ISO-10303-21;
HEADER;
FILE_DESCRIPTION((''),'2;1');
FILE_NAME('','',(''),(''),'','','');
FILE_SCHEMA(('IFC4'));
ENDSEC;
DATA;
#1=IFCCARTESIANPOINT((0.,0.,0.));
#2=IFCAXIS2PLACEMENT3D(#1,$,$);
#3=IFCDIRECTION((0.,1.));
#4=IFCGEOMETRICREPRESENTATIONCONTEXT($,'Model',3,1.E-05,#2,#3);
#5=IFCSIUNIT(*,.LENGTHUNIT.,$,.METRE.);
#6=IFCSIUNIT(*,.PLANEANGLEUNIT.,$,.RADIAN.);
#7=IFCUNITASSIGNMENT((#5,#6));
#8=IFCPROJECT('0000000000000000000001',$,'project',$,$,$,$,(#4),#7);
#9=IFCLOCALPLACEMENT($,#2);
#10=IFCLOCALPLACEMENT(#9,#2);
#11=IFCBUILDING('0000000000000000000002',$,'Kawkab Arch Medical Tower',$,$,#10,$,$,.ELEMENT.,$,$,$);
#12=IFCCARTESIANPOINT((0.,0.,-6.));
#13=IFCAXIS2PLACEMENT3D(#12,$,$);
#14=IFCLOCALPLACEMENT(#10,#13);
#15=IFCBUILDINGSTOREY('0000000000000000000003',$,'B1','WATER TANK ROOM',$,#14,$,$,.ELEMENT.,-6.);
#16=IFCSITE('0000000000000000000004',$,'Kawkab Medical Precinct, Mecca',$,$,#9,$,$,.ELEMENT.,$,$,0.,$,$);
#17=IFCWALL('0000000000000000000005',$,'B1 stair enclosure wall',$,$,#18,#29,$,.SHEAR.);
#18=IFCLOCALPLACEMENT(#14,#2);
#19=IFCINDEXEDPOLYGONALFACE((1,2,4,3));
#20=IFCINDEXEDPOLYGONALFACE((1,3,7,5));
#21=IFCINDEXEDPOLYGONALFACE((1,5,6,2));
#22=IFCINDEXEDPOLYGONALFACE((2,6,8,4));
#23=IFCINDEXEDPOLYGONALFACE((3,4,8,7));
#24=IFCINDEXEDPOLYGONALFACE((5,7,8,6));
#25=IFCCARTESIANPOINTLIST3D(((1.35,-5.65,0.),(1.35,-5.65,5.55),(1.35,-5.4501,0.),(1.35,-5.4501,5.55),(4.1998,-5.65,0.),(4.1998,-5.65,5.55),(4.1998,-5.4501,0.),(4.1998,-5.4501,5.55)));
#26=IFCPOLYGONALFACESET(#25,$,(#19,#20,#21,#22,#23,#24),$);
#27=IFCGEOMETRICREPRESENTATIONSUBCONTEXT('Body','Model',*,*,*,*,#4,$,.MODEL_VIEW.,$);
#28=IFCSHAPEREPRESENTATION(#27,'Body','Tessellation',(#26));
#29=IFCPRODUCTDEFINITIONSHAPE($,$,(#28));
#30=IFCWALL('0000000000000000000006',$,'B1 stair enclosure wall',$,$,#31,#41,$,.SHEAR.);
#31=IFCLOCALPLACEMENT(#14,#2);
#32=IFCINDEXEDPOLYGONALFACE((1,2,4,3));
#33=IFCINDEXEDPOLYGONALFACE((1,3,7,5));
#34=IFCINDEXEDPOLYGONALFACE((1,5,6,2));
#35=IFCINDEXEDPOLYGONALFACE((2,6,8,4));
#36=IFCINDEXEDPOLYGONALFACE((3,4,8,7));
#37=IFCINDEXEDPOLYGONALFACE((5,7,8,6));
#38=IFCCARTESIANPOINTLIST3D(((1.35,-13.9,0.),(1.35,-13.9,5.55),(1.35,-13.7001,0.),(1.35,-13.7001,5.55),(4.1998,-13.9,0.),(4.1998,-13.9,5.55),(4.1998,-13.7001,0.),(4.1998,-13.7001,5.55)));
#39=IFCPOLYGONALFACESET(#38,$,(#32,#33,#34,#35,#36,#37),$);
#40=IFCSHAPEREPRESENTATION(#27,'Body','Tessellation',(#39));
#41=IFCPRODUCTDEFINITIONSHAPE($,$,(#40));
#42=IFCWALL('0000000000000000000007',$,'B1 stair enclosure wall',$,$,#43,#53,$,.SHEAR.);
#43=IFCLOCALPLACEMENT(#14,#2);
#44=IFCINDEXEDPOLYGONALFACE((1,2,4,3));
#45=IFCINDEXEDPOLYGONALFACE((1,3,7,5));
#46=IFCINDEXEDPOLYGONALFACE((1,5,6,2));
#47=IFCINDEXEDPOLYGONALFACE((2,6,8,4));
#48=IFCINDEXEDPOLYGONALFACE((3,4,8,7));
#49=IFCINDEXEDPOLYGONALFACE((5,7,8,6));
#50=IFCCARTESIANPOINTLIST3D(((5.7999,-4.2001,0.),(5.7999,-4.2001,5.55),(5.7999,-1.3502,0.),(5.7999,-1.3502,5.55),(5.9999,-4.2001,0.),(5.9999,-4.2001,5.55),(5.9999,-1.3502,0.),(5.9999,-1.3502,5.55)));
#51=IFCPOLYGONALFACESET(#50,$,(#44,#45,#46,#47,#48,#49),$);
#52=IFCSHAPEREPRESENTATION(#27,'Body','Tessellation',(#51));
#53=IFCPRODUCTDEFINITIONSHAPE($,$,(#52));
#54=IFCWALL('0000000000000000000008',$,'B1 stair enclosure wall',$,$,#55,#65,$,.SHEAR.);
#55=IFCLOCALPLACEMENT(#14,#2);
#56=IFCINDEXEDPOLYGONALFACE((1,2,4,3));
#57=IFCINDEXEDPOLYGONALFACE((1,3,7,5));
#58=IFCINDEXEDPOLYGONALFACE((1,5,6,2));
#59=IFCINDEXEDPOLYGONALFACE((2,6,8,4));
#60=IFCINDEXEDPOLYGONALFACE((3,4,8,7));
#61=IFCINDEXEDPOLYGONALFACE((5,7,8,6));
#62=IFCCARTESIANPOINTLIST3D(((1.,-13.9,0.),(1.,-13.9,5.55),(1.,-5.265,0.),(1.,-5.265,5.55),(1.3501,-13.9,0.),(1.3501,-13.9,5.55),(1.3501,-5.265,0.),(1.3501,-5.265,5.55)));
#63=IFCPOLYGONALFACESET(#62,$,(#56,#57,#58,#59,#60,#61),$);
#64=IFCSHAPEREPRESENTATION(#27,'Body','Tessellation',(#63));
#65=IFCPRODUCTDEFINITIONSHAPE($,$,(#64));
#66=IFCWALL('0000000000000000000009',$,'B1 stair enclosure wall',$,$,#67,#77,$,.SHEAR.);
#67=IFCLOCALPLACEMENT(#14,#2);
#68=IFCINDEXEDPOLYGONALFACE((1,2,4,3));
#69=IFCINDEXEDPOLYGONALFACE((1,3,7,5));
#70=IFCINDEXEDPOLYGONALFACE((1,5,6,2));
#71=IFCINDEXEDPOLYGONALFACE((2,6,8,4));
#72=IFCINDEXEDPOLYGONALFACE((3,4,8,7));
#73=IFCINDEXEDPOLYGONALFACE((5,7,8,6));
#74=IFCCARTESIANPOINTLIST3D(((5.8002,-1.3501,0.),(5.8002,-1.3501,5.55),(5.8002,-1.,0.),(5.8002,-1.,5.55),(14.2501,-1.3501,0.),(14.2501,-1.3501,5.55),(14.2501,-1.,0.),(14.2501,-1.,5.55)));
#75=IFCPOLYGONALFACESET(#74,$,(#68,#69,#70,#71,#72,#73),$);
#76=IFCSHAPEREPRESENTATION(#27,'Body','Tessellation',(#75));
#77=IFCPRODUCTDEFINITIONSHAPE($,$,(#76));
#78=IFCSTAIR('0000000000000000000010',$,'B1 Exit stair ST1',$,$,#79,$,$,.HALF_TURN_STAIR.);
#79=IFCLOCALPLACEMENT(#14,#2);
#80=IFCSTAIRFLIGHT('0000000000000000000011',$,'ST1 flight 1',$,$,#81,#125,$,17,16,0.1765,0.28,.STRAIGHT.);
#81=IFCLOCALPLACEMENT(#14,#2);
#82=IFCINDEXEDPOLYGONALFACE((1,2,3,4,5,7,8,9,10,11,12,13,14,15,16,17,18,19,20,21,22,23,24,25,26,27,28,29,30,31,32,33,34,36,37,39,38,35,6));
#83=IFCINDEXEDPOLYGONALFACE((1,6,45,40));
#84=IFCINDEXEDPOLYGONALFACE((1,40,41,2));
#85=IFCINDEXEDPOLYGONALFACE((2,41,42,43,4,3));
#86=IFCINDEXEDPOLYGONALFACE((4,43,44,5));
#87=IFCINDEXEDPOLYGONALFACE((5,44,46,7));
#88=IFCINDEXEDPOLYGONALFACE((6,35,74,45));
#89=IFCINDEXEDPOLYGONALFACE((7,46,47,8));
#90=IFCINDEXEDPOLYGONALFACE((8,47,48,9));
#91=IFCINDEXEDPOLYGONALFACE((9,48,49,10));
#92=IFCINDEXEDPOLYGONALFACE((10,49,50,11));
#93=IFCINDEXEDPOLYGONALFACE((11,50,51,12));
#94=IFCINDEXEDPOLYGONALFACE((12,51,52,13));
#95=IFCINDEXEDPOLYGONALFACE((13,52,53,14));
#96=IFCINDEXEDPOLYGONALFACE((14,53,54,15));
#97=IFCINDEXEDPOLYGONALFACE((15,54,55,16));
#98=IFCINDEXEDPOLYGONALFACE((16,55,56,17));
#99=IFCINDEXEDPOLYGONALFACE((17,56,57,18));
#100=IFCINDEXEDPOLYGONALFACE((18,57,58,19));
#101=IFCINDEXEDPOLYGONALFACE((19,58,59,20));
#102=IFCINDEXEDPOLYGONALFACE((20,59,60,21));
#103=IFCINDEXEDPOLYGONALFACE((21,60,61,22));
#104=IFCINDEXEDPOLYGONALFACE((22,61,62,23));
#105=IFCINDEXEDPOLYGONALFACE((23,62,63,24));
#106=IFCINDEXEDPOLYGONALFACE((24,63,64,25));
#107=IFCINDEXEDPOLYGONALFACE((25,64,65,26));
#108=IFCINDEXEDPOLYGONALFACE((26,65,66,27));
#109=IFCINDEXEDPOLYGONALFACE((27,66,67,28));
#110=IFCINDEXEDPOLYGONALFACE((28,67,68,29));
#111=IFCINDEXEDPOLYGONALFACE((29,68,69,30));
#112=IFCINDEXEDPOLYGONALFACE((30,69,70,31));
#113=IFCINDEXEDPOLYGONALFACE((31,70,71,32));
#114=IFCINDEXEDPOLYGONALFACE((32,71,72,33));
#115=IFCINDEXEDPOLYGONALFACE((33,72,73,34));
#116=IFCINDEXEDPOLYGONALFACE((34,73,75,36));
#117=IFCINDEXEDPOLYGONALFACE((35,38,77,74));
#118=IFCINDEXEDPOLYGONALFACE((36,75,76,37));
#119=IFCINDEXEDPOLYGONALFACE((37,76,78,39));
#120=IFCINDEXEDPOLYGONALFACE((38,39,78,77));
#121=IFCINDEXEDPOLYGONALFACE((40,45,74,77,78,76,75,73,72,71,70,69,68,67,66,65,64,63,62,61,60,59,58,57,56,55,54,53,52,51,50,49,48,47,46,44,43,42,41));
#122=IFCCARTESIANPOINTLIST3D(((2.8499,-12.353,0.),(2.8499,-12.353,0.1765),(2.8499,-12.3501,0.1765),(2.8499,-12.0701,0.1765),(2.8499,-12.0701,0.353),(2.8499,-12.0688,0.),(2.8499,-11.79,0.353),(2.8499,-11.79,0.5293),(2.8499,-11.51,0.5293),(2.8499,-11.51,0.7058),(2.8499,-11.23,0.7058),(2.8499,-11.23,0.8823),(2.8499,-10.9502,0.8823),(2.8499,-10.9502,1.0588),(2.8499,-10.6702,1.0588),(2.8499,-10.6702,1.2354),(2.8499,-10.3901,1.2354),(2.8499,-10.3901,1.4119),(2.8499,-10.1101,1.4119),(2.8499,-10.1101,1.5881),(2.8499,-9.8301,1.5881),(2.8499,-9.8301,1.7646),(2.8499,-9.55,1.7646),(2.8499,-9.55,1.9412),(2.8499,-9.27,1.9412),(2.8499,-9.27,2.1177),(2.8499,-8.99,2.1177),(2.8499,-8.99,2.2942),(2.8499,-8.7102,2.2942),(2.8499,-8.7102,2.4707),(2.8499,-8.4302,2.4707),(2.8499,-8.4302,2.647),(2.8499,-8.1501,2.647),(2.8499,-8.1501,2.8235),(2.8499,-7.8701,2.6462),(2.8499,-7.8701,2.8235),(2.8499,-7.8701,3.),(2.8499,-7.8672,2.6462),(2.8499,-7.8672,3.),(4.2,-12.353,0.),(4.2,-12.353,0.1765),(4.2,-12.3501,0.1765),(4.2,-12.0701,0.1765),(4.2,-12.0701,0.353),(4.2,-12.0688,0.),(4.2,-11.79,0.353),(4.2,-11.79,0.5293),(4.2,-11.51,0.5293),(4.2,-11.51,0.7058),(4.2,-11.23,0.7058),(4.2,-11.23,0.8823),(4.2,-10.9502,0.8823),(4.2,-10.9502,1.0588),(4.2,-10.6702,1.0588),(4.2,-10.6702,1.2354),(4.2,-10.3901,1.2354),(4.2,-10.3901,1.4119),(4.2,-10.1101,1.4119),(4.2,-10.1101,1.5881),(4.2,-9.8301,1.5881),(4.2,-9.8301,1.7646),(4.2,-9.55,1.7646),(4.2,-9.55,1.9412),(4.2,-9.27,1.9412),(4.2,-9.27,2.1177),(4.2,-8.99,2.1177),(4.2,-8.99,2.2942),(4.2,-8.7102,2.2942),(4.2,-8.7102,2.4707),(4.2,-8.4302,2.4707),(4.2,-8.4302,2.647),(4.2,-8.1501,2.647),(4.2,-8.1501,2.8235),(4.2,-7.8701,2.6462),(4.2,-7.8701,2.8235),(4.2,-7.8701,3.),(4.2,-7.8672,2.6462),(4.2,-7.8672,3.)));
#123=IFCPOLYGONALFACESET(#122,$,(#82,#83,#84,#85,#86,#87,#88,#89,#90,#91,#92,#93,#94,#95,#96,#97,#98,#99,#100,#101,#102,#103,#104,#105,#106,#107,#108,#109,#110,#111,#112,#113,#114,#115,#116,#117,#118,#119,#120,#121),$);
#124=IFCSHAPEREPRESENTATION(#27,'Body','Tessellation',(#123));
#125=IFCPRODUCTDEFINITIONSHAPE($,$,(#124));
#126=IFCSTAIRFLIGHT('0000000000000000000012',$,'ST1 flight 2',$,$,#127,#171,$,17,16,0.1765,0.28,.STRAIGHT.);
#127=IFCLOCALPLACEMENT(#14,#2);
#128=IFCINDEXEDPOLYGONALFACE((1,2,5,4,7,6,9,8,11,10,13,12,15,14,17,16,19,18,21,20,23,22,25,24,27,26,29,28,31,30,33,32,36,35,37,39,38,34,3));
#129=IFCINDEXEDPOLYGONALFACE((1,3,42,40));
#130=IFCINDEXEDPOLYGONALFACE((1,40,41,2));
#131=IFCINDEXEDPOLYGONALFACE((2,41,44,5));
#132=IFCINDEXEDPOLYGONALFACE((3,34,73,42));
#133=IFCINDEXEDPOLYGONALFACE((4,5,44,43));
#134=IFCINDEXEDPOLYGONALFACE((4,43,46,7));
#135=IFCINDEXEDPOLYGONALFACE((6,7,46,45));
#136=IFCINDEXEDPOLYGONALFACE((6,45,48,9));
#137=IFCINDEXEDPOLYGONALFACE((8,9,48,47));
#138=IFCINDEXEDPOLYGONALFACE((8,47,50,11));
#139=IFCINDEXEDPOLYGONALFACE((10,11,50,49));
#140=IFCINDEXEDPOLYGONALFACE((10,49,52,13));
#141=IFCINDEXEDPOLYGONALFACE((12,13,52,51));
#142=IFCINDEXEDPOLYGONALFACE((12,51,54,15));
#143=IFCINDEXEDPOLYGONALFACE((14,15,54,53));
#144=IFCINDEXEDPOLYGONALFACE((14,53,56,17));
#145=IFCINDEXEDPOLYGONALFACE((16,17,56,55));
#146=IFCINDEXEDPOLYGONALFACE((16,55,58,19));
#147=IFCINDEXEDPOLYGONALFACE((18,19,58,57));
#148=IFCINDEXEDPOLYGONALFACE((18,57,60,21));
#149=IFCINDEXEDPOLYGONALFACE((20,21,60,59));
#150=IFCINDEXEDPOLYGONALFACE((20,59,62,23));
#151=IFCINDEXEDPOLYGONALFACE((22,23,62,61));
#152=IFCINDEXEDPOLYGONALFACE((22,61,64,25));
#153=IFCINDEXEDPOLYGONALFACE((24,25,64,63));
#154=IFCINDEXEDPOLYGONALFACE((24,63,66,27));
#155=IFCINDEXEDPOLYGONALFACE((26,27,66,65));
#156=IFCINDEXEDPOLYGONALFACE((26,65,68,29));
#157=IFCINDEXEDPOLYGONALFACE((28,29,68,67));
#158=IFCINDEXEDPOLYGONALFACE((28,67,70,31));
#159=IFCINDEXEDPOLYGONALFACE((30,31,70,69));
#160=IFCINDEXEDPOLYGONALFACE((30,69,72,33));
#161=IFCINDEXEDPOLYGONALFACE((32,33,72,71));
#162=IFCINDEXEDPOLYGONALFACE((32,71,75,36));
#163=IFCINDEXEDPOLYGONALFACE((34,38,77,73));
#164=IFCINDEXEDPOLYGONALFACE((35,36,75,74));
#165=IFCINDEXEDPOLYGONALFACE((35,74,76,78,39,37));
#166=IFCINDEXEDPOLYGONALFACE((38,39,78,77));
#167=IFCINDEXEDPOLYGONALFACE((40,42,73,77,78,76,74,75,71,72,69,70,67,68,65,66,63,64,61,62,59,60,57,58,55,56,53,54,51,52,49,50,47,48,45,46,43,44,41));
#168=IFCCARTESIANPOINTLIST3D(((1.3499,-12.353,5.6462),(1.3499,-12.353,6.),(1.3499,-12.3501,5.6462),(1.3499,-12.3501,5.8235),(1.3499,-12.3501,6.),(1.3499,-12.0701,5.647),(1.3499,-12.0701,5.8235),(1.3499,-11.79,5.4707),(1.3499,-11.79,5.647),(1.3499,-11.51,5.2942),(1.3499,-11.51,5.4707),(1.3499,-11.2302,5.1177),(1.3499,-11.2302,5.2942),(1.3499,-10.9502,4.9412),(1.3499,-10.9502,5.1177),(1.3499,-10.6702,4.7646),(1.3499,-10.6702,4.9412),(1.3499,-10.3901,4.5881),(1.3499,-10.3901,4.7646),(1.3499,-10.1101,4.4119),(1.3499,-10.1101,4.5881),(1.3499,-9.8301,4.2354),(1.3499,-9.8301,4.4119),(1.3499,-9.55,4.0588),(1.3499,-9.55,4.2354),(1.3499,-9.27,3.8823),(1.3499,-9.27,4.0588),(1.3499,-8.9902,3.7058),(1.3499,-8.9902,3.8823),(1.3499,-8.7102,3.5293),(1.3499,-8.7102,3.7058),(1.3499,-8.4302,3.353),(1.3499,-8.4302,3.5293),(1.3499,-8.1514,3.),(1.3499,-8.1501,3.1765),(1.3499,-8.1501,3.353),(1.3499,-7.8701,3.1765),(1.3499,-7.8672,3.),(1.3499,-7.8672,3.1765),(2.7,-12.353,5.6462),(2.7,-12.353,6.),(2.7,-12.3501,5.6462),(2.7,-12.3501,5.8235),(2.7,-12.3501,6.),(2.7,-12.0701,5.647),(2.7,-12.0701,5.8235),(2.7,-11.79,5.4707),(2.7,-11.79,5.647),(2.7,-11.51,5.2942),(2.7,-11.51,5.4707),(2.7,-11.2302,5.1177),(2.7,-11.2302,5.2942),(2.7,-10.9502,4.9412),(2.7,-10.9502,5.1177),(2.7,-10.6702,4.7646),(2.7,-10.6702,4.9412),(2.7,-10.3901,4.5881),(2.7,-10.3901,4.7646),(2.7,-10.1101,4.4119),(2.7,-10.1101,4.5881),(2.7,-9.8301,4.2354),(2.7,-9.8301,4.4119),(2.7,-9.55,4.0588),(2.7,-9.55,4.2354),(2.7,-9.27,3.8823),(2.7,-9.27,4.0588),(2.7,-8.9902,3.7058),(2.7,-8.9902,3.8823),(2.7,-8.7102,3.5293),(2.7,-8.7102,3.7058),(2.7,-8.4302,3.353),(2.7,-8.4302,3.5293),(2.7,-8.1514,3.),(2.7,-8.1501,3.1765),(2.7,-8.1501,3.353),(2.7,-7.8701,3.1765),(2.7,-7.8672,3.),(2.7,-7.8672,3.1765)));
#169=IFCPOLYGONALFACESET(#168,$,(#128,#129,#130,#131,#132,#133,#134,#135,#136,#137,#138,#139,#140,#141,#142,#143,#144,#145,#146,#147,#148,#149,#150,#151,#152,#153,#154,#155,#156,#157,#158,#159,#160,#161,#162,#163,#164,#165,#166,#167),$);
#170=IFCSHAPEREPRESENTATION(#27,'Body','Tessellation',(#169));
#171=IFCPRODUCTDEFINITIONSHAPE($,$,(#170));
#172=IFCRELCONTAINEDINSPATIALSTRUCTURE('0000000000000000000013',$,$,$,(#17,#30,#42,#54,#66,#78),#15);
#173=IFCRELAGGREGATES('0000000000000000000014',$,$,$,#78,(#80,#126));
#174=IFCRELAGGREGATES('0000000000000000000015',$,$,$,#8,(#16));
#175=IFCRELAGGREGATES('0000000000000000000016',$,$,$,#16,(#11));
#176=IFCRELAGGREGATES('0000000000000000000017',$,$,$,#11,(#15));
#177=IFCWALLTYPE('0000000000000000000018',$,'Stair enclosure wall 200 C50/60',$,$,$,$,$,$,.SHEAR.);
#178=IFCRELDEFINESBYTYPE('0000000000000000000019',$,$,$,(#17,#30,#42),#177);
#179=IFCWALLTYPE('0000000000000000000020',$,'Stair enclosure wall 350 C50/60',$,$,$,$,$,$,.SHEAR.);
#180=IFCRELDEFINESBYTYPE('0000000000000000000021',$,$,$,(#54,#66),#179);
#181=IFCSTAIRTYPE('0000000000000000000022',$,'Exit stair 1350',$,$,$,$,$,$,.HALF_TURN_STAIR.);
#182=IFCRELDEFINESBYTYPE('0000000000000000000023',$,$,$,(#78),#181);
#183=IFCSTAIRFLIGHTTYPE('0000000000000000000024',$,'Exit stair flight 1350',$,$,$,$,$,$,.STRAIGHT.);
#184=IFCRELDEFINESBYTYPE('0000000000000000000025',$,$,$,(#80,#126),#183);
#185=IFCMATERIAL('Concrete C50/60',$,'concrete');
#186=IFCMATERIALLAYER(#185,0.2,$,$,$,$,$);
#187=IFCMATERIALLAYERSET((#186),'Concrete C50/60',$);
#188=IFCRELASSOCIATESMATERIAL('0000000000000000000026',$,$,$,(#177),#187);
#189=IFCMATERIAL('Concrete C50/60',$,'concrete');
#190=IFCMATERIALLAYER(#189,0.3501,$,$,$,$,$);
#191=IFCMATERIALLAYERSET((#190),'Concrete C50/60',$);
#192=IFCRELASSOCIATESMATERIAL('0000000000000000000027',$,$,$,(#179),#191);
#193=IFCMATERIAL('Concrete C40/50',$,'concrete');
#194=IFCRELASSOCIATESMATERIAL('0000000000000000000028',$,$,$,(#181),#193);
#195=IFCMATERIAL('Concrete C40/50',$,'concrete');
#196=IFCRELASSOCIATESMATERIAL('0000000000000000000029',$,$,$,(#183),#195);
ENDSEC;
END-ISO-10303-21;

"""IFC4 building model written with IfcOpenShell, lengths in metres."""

from ifc_helpers import new_model, si_unit, direction, frame, frame_2d, origin, place, context, subcontext, project, spatial, polyline, rectangle, outline, extrude, material, layer, layer_set, type_object, element, aggregate, save


model = new_model("IFC4")

# Units and contexts
model_context = context("Model", 3, precision=1e-05, world=origin(), true_north=direction((0.0, 1.0)))
body_context = subcontext(model_context, "Body", "Model", "MODEL_VIEW")
ifc_project = project(units=[si_unit("LENGTHUNIT", "METRE"), si_unit("PLANEANGLEUNIT", "RADIAN")], contexts=[model_context])

# Site, building, storey
site_placement = place(None, origin())
site = spatial("IfcSite", under=ifc_project, at=site_placement, Name="Kawkab Medical Precinct, Mecca", CompositionType="ELEMENT", RefElevation=0.0)
building_placement = place(site_placement, origin())
building = spatial("IfcBuilding", under=site, at=building_placement, Name="Kawkab Arch Medical Tower", CompositionType="ELEMENT")
storey_placement = place(building_placement, frame((0.0, 0.0, -6.0)))
storey = spatial("IfcBuildingStorey", under=building, at=storey_placement, Name="B1", Description="WATER TANK ROOM", CompositionType="ELEMENT", Elevation=-6.0)

# Walls
placement_1 = place(storey_placement, origin())
ifc_material_1 = material(Name="Concrete C50/60", Category="concrete")
ifc_layer_1 = layer(ifc_material_1, 0.2)
ifc_layer_set_1 = layer_set([ifc_layer_1], Name="Concrete C50/60")
wall_type_1 = type_object("IfcWallType", Name="Stair enclosure wall 200 C50/60", PredefinedType="SHEAR", material=ifc_layer_set_1)
for number, where, z_axis, x_axis, name in (
    (1, (1.3501, -5.55, 0.0), (0.0, 0.0, 1.0), (1.0, 0.0, 0.0), "B1 stair enclosure wall"),
    (2, (1.3501, -13.8, 0.0), (0.0, 0.0, 1.0), (1.0, 0.0, 0.0), "B1 stair enclosure wall"),
    (3, (5.8999, -4.2, 0.0), (0.0, 0.0, 1.0), (0.0, 1.0, 0.0), "B1 stair enclosure wall"),
):
    element("IfcWall", number, at=place(storey_placement, frame(where, z_axis=z_axis, x_axis=x_axis)), inside=storey, type_object=wall_type_1, Name=name, PredefinedType="SHEAR", context=body_context, shape_type="SweptSolid", body=[
        extrude(rectangle(XDim=2.8499, YDim=0.2, at=frame_2d((1.4248, 0.0))), origin(), (0.0, 0.0, 1.0), 5.55),
    ])
ifc_material_2 = material(Name="Concrete C50/60", Category="concrete")
ifc_layer_2 = layer(ifc_material_2, 0.3501)
ifc_layer_set_2 = layer_set([ifc_layer_2], Name="Concrete C50/60")
wall_type_2 = type_object("IfcWallType", Name="Stair enclosure wall 350 C50/60", PredefinedType="SHEAR", material=ifc_layer_set_2)
wall_1_placement = place(storey_placement, frame((1.175, -13.8999, 0.0), z_axis=(0.0, 0.0, 1.0), x_axis=(0.0, 1.0, 0.0)))
element("IfcWall", 4, at=wall_1_placement, inside=storey, type_object=wall_type_2, Name="B1 stair enclosure wall", PredefinedType="SHEAR", context=body_context, shape_type="SweptSolid", body=[
    extrude(rectangle(XDim=8.635, YDim=0.3501, at=frame_2d((4.3174, 0.0))), origin(), (0.0, 0.0, 1.0), 5.55),
])
wall_2_placement = place(storey_placement, frame((5.8, -1.175, 0.0), z_axis=(0.0, 0.0, 1.0), x_axis=(1.0, 0.0, 0.0)))
element("IfcWall", 5, at=wall_2_placement, inside=storey, type_object=wall_type_2, Name="B1 stair enclosure wall", PredefinedType="SHEAR", context=body_context, shape_type="SweptSolid", body=[
    extrude(rectangle(XDim=8.45, YDim=0.3501, at=frame_2d((4.2251, 0.0))), origin(), (0.0, 0.0, 1.0), 5.55),
])

# Stair, stair flights
ifc_material_3 = material(Name="Concrete C40/50", Category="concrete")
stair_type = type_object("IfcStairType", Name="Exit stair 1350", PredefinedType="HALF_TURN_STAIR", material=ifc_material_3)
stair = element("IfcStair", 6, at=placement_1, inside=storey, type_object=stair_type, Name="B1 Exit stair ST1", PredefinedType="HALF_TURN_STAIR")
ifc_material_4 = material(Name="Concrete C40/50", Category="concrete")
stair_flight_type = type_object("IfcStairFlightType", Name="Exit stair flight 1350", PredefinedType="STRAIGHT", material=ifc_material_4)
stair_flight_1_placement = place(storey_placement, frame((3.5249, -12.3501, 0.0), z_axis=(0.0, 0.0, 1.0), x_axis=(0.0, 1.0, 0.0)))
stair_flight_1 = element("IfcStairFlight", 7, at=stair_flight_1_placement, type_object=stair_flight_type, Name="ST1 flight 1", NumberOfRisers=17, NumberOfTreads=16, PredefinedType="STRAIGHT", RiserHeight=0.1765, TreadLength=0.28, context=body_context, shape_type="SweptSolid", body=[
    extrude(outline(polyline([(-0.0029, 0.0), (-0.0029, 0.1765), (0.0, 0.1765), (0.28, 0.1765), (0.28, 0.353), (0.5601, 0.353), (0.5601, 0.5293), (0.8401, 0.5293), (0.8401, 0.7058), (1.1201, 0.7058), (1.1201, 0.8823), (1.3999, 0.8823), (1.3999, 1.0588), (1.6799, 1.0588), (1.6799, 1.2354), (1.96, 1.2354), (1.96, 1.4119), (2.24, 1.4119), (2.24, 1.5881), (2.52, 1.5881), (2.52, 1.7646), (2.8, 1.7646), (2.8, 1.9412), (3.0801, 1.9412), (3.0801, 2.1177), (3.3601, 2.1177), (3.3601, 2.2942), (3.6399, 2.2942), (3.6399, 2.4707), (3.9199, 2.4707), (3.9199, 2.647), (4.2, 2.647), (4.2, 2.8235), (4.48, 2.8235), (4.48, 3.0), (4.4829, 3.0), (4.4829, 2.6462), (4.48, 2.6462), (0.2812, 0.0), (-0.0029, 0.0)])), frame((0.0, 0.675, 0.0), z_axis=(0.0, -1.0, 0.0), x_axis=(1.0, 0.0, 0.0)), (0.0, 0.0, 1.0), 1.3501),
])
stair_flight_2_placement = place(storey_placement, frame((2.0249, -7.8701, 3.0), z_axis=(0.0, 0.0, 1.0), x_axis=(0.0, -1.0, 0.0)))
stair_flight_2 = element("IfcStairFlight", 8, at=stair_flight_2_placement, type_object=stair_flight_type, Name="ST1 flight 2", NumberOfRisers=17, NumberOfTreads=16, PredefinedType="STRAIGHT", RiserHeight=0.1765, TreadLength=0.28, context=body_context, shape_type="SweptSolid", body=[
    extrude(outline(polyline([(-0.0029, 0.0), (-0.0029, 0.1765), (0.0, 0.1765), (0.28, 0.1765), (0.28, 0.353), (0.5601, 0.353), (0.5601, 0.5293), (0.8401, 0.5293), (0.8401, 0.7058), (1.1201, 0.7058), (1.1201, 0.8823), (1.3999, 0.8823), (1.3999, 1.0588), (1.6799, 1.0588), (1.6799, 1.2354), (1.96, 1.2354), (1.96, 1.4119), (2.24, 1.4119), (2.24, 1.5881), (2.52, 1.5881), (2.52, 1.7646), (2.8, 1.7646), (2.8, 1.9412), (3.0801, 1.9412), (3.0801, 2.1177), (3.3601, 2.1177), (3.3601, 2.2942), (3.6399, 2.2942), (3.6399, 2.4707), (3.9199, 2.4707), (3.9199, 2.647), (4.2, 2.647), (4.2, 2.8235), (4.48, 2.8235), (4.48, 3.0), (4.4829, 3.0), (4.4829, 2.6462), (4.48, 2.6462), (0.2812, 0.0), (-0.0029, 0.0)])), frame((0.0, 0.675, 0.0), z_axis=(0.0, -1.0, 0.0), x_axis=(1.0, 0.0, 0.0)), (0.0, 0.0, 1.0), 1.3501),
])
aggregate(stair, [stair_flight_1, stair_flight_2])

save(model, "model.ifc")
